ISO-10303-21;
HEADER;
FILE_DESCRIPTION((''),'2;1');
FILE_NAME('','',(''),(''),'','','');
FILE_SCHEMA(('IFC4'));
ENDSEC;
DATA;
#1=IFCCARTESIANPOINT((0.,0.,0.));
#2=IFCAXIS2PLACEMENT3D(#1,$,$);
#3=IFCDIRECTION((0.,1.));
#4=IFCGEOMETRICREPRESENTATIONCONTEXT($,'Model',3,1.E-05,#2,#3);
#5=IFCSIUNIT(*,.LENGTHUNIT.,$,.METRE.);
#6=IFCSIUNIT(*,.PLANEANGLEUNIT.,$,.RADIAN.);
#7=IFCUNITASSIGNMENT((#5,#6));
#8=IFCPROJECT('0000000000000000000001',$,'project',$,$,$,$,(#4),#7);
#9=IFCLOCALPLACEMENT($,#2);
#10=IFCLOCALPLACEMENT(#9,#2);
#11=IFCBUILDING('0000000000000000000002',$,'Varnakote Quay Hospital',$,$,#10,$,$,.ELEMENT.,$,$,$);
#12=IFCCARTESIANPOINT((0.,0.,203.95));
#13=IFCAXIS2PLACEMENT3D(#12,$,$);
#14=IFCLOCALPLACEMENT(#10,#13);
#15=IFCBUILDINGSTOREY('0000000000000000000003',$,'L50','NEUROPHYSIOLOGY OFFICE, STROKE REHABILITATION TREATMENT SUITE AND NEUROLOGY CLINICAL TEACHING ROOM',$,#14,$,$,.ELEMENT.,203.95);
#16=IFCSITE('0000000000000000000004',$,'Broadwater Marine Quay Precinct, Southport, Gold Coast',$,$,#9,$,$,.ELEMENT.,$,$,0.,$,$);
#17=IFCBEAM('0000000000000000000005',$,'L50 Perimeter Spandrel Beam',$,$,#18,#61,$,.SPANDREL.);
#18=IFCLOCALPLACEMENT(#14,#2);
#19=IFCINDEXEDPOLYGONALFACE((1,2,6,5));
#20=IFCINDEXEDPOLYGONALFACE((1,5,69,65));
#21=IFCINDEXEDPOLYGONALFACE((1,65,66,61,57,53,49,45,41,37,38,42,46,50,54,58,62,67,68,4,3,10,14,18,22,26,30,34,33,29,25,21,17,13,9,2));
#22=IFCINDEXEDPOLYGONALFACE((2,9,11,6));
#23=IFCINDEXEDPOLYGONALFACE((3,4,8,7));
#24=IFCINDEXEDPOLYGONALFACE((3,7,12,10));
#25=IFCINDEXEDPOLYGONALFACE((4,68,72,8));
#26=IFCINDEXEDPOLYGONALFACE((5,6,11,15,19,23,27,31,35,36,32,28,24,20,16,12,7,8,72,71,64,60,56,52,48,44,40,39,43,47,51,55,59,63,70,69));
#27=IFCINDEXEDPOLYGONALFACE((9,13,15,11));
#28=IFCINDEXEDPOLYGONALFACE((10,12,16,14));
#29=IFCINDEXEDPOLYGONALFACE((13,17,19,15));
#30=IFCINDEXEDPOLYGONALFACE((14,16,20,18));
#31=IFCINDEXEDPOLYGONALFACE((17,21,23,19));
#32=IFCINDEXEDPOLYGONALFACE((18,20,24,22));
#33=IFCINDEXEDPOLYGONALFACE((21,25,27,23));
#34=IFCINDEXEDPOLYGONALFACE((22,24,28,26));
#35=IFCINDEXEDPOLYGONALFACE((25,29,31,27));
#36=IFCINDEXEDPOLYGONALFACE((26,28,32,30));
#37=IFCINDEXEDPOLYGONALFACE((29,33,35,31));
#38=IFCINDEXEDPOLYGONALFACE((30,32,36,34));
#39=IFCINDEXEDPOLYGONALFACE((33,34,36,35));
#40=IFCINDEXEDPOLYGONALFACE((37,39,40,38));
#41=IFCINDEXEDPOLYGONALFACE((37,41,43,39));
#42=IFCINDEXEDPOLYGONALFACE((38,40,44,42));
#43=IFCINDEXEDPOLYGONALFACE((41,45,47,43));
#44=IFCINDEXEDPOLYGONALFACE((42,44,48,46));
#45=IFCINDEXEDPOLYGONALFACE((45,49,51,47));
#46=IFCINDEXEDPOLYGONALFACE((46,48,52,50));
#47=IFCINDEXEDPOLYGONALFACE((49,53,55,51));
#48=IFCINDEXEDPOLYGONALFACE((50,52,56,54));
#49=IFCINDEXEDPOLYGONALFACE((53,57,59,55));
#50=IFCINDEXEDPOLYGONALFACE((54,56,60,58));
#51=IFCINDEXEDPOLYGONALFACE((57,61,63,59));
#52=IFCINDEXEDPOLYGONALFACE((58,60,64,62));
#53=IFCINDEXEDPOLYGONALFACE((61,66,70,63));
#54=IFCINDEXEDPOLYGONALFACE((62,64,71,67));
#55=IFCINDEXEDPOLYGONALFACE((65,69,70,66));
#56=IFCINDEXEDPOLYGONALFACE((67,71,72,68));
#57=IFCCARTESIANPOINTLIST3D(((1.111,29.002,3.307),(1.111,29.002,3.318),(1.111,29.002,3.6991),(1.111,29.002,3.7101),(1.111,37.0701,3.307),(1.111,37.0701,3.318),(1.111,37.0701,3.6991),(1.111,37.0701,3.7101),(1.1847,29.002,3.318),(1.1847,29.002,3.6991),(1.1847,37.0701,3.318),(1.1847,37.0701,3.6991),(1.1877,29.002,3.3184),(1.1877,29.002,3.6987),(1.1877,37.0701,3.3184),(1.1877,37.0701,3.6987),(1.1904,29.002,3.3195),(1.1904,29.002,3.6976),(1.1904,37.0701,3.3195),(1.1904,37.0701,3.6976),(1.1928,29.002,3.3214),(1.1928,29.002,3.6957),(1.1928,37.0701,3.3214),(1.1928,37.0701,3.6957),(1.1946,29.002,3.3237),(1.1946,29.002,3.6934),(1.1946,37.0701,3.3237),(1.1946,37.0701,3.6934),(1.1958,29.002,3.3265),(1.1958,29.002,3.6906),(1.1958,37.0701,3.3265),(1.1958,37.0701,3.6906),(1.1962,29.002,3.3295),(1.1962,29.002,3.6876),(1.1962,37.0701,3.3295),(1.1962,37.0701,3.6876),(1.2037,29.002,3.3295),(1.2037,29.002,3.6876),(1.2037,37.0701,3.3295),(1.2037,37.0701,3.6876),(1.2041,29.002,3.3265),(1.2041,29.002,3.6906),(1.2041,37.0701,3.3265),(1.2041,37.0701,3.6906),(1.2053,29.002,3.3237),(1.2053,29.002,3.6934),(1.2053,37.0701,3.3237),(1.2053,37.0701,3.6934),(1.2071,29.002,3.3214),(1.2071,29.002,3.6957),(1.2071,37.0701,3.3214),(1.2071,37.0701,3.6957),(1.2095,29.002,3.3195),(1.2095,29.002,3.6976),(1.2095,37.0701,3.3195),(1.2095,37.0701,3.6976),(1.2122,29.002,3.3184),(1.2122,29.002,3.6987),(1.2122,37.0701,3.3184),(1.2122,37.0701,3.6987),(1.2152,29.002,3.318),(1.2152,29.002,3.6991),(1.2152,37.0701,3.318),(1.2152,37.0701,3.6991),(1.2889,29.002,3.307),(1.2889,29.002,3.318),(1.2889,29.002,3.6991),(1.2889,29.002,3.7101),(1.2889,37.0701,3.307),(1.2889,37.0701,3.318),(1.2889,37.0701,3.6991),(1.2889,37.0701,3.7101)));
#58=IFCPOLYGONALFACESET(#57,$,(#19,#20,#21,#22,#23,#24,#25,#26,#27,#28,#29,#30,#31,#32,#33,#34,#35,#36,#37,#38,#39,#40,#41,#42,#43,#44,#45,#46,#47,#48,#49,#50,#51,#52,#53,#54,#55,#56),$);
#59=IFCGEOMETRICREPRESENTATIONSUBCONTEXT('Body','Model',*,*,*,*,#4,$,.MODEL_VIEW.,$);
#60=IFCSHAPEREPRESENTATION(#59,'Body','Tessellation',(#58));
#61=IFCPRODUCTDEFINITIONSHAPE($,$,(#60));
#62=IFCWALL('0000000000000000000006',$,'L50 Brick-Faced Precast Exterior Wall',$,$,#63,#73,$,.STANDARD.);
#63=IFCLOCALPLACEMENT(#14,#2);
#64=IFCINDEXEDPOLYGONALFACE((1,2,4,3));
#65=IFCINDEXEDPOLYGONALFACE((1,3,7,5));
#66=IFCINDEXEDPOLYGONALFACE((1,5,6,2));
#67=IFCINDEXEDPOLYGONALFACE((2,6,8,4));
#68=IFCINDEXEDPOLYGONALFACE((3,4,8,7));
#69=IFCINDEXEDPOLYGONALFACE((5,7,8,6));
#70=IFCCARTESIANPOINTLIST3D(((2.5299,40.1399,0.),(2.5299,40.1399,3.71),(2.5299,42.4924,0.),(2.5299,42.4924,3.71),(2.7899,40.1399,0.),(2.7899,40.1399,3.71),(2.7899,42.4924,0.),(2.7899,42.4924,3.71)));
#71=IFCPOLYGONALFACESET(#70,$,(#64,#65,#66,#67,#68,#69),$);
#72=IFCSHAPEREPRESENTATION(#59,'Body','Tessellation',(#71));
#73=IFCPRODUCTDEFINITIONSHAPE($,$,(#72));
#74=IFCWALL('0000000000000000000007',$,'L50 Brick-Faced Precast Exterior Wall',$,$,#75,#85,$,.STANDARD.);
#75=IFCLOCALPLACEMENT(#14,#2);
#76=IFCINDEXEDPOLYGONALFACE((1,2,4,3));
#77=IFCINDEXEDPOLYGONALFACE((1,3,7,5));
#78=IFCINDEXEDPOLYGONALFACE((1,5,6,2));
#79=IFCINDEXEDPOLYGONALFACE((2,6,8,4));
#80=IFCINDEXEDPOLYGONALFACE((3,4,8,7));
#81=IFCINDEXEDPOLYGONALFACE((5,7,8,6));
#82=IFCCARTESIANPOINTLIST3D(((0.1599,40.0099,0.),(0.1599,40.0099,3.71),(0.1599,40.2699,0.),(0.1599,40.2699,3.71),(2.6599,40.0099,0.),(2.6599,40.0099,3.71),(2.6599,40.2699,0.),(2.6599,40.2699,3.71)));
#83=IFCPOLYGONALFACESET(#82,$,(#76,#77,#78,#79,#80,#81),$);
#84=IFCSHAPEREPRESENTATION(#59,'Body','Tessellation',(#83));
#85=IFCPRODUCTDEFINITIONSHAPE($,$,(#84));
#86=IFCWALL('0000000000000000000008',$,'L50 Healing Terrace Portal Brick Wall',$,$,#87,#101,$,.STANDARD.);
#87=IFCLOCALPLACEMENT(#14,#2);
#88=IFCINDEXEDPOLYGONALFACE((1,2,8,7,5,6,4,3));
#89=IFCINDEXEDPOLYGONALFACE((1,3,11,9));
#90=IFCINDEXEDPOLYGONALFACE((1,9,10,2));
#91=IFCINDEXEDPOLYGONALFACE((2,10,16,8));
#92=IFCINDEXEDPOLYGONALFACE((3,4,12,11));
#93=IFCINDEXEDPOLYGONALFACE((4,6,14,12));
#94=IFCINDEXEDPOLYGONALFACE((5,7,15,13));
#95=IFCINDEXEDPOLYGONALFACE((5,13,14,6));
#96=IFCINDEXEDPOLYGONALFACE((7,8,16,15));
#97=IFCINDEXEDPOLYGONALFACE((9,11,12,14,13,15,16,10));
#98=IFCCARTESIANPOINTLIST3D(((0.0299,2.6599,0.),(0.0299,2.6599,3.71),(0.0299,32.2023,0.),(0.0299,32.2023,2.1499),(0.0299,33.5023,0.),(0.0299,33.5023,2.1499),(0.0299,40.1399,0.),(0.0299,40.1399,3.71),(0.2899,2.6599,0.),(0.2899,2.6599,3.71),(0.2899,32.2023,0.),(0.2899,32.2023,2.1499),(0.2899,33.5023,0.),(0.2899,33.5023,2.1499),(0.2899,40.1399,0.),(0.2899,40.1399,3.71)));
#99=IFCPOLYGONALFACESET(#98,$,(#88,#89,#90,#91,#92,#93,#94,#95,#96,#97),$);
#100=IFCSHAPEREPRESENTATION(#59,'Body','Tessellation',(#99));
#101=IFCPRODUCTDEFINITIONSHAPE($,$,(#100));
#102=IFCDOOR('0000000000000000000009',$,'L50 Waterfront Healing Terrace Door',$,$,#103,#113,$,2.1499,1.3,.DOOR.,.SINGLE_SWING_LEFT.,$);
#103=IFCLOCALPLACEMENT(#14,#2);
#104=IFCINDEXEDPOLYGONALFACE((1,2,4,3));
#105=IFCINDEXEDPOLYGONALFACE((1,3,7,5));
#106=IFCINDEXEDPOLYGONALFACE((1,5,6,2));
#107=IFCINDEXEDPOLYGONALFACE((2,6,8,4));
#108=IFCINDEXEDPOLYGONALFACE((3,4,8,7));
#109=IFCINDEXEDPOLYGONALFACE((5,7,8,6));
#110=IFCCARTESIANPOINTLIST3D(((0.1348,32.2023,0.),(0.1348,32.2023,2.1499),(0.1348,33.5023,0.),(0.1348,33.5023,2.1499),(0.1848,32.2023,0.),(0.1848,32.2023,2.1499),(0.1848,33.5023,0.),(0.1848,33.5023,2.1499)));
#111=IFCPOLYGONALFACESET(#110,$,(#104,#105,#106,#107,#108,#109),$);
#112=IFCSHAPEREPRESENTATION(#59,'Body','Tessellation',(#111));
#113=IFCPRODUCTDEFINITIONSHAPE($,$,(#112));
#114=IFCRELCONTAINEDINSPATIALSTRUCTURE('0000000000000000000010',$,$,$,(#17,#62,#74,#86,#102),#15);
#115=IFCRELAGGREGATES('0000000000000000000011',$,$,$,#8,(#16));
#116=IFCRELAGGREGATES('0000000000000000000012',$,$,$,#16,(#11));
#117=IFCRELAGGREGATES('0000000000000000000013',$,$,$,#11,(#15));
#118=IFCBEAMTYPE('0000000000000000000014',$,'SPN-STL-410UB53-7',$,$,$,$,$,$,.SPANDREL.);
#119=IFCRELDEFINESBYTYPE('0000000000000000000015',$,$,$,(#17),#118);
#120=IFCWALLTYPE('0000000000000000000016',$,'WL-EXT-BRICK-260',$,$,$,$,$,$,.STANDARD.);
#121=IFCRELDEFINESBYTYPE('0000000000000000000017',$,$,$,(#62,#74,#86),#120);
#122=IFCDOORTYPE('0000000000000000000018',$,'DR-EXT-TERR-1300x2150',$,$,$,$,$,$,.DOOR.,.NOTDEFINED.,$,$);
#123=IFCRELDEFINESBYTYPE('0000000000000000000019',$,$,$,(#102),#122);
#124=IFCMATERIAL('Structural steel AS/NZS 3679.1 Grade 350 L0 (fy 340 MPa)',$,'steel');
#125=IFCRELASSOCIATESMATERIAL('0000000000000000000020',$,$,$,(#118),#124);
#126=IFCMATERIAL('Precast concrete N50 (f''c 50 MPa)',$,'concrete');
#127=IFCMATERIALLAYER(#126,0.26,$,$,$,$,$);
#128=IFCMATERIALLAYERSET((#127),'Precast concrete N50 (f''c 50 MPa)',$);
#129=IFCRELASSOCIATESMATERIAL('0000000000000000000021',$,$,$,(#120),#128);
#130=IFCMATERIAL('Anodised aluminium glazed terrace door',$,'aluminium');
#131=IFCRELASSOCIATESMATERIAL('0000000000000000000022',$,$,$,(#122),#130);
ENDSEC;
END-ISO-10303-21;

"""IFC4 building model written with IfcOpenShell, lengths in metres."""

from ifc_helpers import new_model, si_unit, direction, frame, frame_2d, origin, origin_2d, place, context, subcontext, project, spatial, rectangle, i_section, extrude, material, layer, layer_set, material_profile, profile_set, type_object, element, fill, save


model = new_model("IFC4")

# Units and contexts
model_context = context("Model", 3, precision=1e-05, world=origin(), true_north=direction((0.0, 1.0)))
body_context = subcontext(model_context, "Body", "Model", "MODEL_VIEW")
ifc_project = project(units=[si_unit("LENGTHUNIT", "METRE"), si_unit("PLANEANGLEUNIT", "RADIAN")], contexts=[model_context])

# Site, building, storey
site_placement = place(None, origin())
site = spatial("IfcSite", under=ifc_project, at=site_placement, Name="Broadwater Marine Quay Precinct, Southport, Gold Coast", CompositionType="ELEMENT", RefElevation=0.0)
building_placement = place(site_placement, origin())
building = spatial("IfcBuilding", under=site, at=building_placement, Name="Varnakote Quay Hospital", CompositionType="ELEMENT")
storey_placement = place(building_placement, frame((0.0, 0.0, 203.95)))
storey = spatial("IfcBuildingStorey", under=building, at=storey_placement, Name="L50", Description="NEUROPHYSIOLOGY OFFICE, STROKE REHABILITATION TREATMENT SUITE AND NEUROLOGY CLINICAL TEACHING ROOM", CompositionType="ELEMENT", Elevation=203.95)

# Beam
ifc_material_1 = material(Name="Structural steel AS/NZS 3679.1 Grade 350 L0 (fy 340 MPa)", Category="steel")
ifc_material_profile_1 = material_profile(ifc_material_1, i_section(OverallWidth=0.178, OverallDepth=0.4031, WebThickness=0.0076, FlangeThickness=0.011, FilletRadius=0.0115, at=origin_2d()), Name="410UB53.7")
ifc_profile_set_1 = profile_set([ifc_material_profile_1], Name="Structural steel AS/NZS 3679.1 Grade 350 L0 (fy 340 MPa)")
beam_type_1 = type_object("IfcBeamType", Name="SPN-STL-410UB53-7", PredefinedType="SPANDREL", material=ifc_profile_set_1)
beam_1_placement = place(storey_placement, frame((1.2, 29.002, 3.5085), z_axis=(0.0, 1.0, 0.0), x_axis=(-1.0, 0.0, 0.0)))
element("IfcBeam", 1, at=beam_1_placement, inside=storey, type_object=beam_type_1, Name="L50 Perimeter Spandrel Beam", PredefinedType="SPANDREL", context=body_context, shape_type="SweptSolid", body=[
    extrude(i_section(OverallWidth=0.178, OverallDepth=0.4031, WebThickness=0.0076, FlangeThickness=0.011, FilletRadius=0.0115, at=origin_2d()), origin(), (0.0, 0.0, 1.0), 8.0681),
])

# Walls
ifc_material_2 = material(Name="Precast concrete N50 (f'c 50 MPa)", Category="concrete")
ifc_layer = layer(ifc_material_2, 0.26)
ifc_layer_set = layer_set([ifc_layer], Name="Precast concrete N50 (f'c 50 MPa)")
wall_type = type_object("IfcWallType", Name="WL-EXT-BRICK-260", PredefinedType="STANDARD", material=ifc_layer_set)
wall_1_placement = place(storey_placement, frame((2.6599, 42.4924, 0.0), z_axis=(0.0, 0.0, 1.0), x_axis=(0.0, -1.0, 0.0)))
element("IfcWall", 2, at=wall_1_placement, inside=storey, type_object=wall_type, Name="L50 Brick-Faced Precast Exterior Wall", PredefinedType="STANDARD", context=body_context, shape_type="SweptSolid", body=[
    extrude(rectangle(XDim=2.3525, YDim=0.26, at=frame_2d((1.1763, 0.0))), origin(), (0.0, 0.0, 1.0), 3.71),
])
wall_2_placement = place(storey_placement, frame((2.6599, 40.1399, 0.0), z_axis=(0.0, 0.0, 1.0), x_axis=(-1.0, 0.0, 0.0)))
element("IfcWall", 3, at=wall_2_placement, inside=storey, type_object=wall_type, Name="L50 Brick-Faced Precast Exterior Wall", PredefinedType="STANDARD", context=body_context, shape_type="SweptSolid", body=[
    extrude(rectangle(XDim=2.5, YDim=0.26, at=frame_2d((1.25, 0.0))), origin(), (0.0, 0.0, 1.0), 3.71),
])

# Wall, opening, door
wall_3_placement = place(storey_placement, frame((0.1599, 40.1399, 0.0), z_axis=(0.0, 0.0, 1.0), x_axis=(0.0, -1.0, 0.0)))
wall_3 = element("IfcWall", 4, at=wall_3_placement, inside=storey, type_object=wall_type, Name="L50 Healing Terrace Portal Brick Wall", PredefinedType="STANDARD", context=body_context, shape_type="SweptSolid", body=[
    extrude(rectangle(XDim=37.48, YDim=0.26, at=frame_2d((18.74, 0.0))), origin(), (0.0, 0.0, 1.0), 3.71),
])
opening_placement = place(wall_3_placement, frame((6.6377, 0.0, 0.0)))
opening = element("IfcOpeningElement", 5, at=opening_placement, cuts=wall_3, PredefinedType="OPENING", context=body_context, shape_type="SweptSolid", body=[
    extrude(rectangle(XDim=1.3, YDim=2.1499, at=frame_2d((0.6499, 1.075))), frame((0.0, 0.1399, 0.0), z_axis=(0.0, -1.0, 0.0), x_axis=(1.0, 0.0, 0.0)), (0.0, 0.0, 1.0), 0.28),
])
ifc_material_3 = material(Name="Anodised aluminium glazed terrace door", Category="aluminium")
door_type = type_object("IfcDoorType", Name="DR-EXT-TERR-1300x2150", OperationType="NOTDEFINED", PredefinedType="DOOR", material=ifc_material_3)
door_placement = place(opening_placement, origin())
door = element("IfcDoor", 6, at=door_placement, inside=storey, type_object=door_type, Name="L50 Waterfront Healing Terrace Door", OperationType="SINGLE_SWING_LEFT", OverallHeight=2.1499, OverallWidth=1.3, PredefinedType="DOOR", context=body_context, shape_type="SweptSolid", body=[
    extrude(rectangle(XDim=1.3, YDim=2.1499, at=frame_2d((0.6499, 1.075))), frame((0.0, 0.0249, 0.0), z_axis=(0.0, -1.0, 0.0), x_axis=(1.0, 0.0, 0.0)), (0.0, 0.0, 1.0), 0.05),
])
fill(opening, door)

save(model, "model.ifc")
